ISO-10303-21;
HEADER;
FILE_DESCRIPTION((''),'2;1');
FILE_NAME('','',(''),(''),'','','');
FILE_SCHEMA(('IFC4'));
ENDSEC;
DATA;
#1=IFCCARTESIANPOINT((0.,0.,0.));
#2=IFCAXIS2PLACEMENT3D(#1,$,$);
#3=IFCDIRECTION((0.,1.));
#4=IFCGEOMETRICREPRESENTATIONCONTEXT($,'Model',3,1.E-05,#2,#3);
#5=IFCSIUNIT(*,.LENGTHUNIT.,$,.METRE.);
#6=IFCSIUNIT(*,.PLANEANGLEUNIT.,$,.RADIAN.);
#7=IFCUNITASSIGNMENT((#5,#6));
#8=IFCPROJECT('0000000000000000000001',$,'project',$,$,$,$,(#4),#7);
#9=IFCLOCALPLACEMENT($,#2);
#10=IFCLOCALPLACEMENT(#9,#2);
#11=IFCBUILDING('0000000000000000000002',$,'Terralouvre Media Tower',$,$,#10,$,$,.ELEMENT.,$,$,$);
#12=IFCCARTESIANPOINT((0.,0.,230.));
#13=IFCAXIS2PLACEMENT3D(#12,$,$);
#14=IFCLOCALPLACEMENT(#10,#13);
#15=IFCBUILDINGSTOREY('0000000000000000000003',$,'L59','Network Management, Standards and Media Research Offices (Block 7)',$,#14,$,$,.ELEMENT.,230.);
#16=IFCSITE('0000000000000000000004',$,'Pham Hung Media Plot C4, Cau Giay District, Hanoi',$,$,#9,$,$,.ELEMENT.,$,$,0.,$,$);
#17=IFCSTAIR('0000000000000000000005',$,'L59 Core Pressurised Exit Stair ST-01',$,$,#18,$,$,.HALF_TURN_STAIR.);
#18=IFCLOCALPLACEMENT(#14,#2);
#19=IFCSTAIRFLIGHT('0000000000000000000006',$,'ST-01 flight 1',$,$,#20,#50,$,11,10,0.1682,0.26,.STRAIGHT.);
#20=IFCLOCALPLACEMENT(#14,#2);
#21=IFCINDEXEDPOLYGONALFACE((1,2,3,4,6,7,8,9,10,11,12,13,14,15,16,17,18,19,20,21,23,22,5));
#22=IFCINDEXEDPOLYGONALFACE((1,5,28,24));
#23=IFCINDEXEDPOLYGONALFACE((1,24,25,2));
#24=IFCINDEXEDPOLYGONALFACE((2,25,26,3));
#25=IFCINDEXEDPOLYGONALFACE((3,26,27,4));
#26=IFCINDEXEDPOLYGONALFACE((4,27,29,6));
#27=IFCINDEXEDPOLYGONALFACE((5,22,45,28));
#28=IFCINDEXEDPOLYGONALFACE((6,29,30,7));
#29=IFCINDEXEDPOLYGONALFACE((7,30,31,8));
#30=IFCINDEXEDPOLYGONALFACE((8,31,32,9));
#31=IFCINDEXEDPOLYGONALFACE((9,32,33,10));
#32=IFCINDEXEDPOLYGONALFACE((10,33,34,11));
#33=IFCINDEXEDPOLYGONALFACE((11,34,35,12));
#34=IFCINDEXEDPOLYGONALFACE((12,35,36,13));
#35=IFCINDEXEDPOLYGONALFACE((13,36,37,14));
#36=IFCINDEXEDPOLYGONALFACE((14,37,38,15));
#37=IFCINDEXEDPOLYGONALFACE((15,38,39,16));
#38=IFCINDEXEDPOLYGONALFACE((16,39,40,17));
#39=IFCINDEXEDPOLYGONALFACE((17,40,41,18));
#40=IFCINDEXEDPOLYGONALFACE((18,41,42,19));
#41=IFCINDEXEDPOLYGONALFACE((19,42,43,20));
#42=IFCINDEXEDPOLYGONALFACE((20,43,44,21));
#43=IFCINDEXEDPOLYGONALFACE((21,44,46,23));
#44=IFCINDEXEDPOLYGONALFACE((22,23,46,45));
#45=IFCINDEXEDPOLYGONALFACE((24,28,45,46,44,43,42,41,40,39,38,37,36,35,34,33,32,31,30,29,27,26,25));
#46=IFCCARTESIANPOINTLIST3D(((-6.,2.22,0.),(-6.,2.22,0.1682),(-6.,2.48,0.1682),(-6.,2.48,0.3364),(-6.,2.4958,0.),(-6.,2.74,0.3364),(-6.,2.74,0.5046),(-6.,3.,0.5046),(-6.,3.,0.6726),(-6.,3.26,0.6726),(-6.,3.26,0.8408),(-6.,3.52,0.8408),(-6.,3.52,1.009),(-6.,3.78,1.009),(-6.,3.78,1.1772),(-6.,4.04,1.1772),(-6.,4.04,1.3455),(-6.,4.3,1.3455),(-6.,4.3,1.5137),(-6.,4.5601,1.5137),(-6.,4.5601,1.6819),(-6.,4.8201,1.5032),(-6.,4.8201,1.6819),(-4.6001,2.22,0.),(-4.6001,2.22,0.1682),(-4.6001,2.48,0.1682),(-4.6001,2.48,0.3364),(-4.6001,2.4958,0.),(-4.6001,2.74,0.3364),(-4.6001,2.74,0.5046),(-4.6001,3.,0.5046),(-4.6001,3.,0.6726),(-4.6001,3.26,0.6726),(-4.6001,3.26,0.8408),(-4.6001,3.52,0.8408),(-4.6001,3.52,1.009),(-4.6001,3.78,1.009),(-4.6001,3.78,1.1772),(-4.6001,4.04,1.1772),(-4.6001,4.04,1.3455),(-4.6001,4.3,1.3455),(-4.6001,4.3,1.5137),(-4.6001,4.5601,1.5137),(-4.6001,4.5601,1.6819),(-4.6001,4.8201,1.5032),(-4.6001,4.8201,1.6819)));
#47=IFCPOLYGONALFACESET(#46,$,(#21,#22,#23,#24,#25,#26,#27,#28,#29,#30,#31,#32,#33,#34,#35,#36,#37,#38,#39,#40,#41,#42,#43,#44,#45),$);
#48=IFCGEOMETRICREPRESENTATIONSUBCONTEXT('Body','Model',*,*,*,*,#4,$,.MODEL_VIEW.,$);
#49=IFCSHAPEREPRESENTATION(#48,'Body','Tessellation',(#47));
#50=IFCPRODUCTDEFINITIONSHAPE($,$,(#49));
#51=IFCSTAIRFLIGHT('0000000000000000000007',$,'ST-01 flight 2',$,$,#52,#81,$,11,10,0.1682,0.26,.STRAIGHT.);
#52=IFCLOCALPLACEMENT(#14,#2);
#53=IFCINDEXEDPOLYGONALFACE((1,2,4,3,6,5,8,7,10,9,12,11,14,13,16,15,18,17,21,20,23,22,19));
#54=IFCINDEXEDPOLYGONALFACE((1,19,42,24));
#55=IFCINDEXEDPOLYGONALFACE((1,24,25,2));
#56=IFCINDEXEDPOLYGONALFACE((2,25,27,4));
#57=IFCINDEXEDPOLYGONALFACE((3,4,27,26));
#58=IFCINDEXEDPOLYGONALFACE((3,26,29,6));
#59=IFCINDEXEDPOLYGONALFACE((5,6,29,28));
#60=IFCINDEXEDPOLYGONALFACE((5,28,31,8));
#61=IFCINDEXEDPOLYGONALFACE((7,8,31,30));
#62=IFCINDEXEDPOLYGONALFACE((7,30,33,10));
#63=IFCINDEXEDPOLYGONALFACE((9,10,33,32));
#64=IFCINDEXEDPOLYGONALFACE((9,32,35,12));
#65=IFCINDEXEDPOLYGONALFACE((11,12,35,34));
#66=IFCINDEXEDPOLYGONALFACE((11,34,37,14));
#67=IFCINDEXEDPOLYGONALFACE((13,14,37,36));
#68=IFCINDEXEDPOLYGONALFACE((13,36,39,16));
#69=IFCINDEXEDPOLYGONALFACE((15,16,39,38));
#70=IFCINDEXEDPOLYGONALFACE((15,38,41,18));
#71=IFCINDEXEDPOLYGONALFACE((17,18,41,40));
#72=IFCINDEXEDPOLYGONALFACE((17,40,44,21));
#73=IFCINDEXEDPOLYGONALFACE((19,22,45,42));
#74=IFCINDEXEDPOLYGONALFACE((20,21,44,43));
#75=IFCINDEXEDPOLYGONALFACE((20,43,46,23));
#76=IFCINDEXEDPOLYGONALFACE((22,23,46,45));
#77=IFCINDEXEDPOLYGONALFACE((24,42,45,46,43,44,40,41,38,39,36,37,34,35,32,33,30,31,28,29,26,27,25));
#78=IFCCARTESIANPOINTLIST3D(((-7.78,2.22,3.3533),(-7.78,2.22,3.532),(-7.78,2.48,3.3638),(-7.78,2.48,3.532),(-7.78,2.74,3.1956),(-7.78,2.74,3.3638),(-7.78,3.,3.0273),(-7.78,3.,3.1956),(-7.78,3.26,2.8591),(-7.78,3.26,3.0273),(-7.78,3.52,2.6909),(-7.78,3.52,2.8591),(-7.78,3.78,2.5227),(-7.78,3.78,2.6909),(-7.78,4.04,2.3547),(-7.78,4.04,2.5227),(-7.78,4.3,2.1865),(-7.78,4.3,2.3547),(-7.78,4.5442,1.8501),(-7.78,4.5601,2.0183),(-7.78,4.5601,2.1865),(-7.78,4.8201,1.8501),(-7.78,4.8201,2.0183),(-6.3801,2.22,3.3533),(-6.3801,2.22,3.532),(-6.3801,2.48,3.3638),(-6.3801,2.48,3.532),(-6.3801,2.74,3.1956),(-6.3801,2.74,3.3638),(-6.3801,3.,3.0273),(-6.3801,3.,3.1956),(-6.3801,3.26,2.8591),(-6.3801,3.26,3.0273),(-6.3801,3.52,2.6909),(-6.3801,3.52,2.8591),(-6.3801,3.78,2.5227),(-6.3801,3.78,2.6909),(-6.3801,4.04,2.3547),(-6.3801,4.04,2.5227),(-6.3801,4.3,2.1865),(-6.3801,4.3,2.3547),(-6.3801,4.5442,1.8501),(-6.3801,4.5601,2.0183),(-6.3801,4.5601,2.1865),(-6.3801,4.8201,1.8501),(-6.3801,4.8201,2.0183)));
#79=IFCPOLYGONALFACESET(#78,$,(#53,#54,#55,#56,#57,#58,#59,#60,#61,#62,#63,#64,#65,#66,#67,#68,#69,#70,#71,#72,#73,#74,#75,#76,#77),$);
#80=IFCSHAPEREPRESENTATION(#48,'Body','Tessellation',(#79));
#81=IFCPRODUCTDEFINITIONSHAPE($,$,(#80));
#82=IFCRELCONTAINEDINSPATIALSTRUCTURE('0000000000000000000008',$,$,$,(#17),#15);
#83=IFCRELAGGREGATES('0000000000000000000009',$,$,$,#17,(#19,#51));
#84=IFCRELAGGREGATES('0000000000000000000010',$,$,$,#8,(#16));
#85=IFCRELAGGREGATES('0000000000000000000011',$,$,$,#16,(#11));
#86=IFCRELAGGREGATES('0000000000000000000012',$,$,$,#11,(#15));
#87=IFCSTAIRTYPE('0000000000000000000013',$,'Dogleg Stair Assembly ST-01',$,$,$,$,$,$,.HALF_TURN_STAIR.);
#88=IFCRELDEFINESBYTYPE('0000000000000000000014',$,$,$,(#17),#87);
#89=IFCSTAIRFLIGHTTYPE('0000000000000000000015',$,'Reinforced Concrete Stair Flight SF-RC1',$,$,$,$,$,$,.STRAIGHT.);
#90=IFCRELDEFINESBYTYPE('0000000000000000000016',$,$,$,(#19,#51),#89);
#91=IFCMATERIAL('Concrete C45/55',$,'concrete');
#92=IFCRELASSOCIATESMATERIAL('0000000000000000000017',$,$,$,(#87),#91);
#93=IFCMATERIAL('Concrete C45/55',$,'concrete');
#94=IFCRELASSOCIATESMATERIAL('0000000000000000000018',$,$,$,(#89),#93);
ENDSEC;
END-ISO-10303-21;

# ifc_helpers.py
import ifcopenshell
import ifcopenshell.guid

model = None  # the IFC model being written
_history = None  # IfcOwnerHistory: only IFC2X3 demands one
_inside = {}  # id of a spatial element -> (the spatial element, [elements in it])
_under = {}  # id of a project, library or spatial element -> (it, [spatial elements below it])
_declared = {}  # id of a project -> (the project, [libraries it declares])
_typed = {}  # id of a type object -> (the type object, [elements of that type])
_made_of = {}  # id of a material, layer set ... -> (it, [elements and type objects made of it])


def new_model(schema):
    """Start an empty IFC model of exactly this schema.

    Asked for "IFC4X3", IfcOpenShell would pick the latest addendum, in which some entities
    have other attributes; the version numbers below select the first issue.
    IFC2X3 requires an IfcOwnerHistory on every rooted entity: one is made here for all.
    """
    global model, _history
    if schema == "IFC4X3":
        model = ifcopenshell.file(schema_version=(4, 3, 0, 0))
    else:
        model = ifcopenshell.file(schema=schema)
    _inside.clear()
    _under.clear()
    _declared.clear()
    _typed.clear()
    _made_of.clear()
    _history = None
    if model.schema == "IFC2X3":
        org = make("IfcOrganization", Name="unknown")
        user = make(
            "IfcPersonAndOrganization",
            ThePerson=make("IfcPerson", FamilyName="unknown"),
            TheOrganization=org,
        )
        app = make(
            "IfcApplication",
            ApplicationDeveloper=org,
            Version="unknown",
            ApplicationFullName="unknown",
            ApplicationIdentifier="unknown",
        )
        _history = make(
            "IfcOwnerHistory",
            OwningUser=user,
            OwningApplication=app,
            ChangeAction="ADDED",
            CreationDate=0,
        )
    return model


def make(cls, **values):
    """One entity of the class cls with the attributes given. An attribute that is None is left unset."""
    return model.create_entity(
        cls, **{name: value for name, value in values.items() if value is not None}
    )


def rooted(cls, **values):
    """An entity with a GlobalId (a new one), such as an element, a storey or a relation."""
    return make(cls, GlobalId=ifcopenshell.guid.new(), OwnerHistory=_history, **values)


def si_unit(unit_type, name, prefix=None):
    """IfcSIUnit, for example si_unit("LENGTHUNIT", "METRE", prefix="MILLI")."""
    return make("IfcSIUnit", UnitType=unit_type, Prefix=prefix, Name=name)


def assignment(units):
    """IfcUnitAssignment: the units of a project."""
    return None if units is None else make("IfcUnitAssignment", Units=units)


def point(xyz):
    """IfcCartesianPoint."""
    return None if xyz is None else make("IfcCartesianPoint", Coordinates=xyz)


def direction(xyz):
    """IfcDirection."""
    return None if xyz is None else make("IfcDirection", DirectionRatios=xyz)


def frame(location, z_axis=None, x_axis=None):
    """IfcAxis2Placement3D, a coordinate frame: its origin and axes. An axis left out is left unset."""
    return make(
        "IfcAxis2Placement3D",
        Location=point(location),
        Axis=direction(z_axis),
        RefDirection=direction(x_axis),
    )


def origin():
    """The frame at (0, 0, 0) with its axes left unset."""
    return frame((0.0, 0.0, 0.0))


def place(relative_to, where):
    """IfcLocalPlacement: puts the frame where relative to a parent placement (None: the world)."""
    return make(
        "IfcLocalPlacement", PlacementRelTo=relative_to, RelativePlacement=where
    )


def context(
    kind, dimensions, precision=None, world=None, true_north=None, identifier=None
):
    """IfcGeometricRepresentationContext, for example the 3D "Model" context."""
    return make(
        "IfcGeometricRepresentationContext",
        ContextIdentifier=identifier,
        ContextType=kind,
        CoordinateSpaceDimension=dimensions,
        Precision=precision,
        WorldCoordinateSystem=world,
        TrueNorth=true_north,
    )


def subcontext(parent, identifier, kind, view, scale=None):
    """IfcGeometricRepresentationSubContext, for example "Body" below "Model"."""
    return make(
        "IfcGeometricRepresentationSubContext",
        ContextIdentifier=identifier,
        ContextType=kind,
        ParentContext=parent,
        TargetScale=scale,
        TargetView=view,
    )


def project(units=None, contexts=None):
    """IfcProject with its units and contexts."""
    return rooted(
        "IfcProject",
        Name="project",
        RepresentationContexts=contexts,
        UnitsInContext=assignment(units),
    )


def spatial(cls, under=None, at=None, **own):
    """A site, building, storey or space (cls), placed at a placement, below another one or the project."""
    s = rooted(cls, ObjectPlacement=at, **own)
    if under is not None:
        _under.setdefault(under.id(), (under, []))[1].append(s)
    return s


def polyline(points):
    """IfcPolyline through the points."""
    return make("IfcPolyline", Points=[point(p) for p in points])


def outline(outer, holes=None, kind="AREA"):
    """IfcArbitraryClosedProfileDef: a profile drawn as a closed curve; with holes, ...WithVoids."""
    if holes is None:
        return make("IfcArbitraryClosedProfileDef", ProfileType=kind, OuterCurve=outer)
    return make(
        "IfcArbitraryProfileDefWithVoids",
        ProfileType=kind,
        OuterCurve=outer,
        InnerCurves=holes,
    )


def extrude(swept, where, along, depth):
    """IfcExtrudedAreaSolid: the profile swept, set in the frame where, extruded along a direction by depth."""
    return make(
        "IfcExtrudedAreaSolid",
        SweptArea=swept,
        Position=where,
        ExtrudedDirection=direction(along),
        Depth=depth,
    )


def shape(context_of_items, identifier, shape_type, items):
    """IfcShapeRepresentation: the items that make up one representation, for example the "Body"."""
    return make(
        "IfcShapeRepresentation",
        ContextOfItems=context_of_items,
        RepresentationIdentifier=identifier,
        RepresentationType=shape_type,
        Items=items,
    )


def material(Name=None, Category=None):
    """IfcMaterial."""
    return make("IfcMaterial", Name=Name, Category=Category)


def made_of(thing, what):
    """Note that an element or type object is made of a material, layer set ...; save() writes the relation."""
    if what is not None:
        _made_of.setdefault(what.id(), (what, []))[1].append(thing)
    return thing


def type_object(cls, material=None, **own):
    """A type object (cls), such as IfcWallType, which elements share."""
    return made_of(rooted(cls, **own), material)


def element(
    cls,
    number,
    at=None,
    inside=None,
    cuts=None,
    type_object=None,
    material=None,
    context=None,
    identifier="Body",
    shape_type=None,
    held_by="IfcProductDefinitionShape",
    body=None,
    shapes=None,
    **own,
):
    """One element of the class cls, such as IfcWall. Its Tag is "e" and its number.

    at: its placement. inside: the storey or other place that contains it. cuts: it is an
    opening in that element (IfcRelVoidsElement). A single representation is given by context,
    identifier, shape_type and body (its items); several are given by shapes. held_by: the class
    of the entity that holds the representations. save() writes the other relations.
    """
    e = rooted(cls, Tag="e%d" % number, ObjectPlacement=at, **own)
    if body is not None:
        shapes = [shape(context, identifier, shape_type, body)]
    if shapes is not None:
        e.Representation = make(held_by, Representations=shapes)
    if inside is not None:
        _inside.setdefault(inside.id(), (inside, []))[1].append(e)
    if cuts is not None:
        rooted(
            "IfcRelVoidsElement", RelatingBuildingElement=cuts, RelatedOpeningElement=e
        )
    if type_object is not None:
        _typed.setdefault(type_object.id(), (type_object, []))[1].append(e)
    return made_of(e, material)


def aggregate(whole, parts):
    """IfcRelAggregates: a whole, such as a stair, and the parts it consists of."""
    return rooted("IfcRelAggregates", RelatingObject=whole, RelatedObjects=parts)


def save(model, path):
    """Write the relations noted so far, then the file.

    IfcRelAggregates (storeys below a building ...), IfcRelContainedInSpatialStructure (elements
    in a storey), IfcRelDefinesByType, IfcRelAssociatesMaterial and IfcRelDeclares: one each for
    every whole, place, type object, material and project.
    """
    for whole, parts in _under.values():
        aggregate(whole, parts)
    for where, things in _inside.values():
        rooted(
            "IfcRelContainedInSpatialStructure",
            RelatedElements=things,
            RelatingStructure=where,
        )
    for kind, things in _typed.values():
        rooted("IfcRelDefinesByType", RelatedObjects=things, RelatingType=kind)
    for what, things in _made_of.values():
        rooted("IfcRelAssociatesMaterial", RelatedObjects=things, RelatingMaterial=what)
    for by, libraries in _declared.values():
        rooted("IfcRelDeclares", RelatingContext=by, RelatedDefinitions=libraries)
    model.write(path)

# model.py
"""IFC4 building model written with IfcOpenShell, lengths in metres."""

from ifc_helpers import new_model, si_unit, direction, frame, origin, place, context, subcontext, project, spatial, polyline, outline, extrude, material, type_object, element, aggregate, save


model = new_model("IFC4")

# Units and contexts
model_context = context("Model", 3, precision=1e-05, world=origin(), true_north=direction((0.0, 1.0)))
body_context = subcontext(model_context, "Body", "Model", "MODEL_VIEW")
ifc_project = project(units=[si_unit("LENGTHUNIT", "METRE"), si_unit("PLANEANGLEUNIT", "RADIAN")], contexts=[model_context])

# Site, building, storey
site_placement = place(None, origin())
site = spatial("IfcSite", under=ifc_project, at=site_placement, Name="Pham Hung Media Plot C4, Cau Giay District, Hanoi", CompositionType="ELEMENT", RefElevation=0.0)
building_placement = place(site_placement, origin())
building = spatial("IfcBuilding", under=site, at=building_placement, Name="Terralouvre Media Tower", CompositionType="ELEMENT")
storey_placement = place(building_placement, frame((0.0, 0.0, 230.0)))
storey = spatial("IfcBuildingStorey", under=building, at=storey_placement, Name="L59", Description="Network Management, Standards and Media Research Offices (Block 7)", CompositionType="ELEMENT", Elevation=230.0)

# Stair, stair flights
ifc_material_1 = material(Name="Concrete C45/55", Category="concrete")
stair_type = type_object("IfcStairType", Name="Dogleg Stair Assembly ST-01", PredefinedType="HALF_TURN_STAIR", material=ifc_material_1)
stair_placement = place(storey_placement, origin())
stair = element("IfcStair", 1, at=stair_placement, inside=storey, type_object=stair_type, Name="L59 Core Pressurised Exit Stair ST-01", PredefinedType="HALF_TURN_STAIR")
ifc_material_2 = material(Name="Concrete C45/55", Category="concrete")
stair_flight_type = type_object("IfcStairFlightType", Name="Reinforced Concrete Stair Flight SF-RC1", PredefinedType="STRAIGHT", material=ifc_material_2)
stair_flight_1_placement = place(storey_placement, frame((-5.3, 2.22, 0.0), z_axis=(0.0, 0.0, 1.0), x_axis=(0.0, 1.0, 0.0)))
stair_flight_1 = element("IfcStairFlight", 2, at=stair_flight_1_placement, type_object=stair_flight_type, Name="ST-01 flight 1", NumberOfRisers=11, NumberOfTreads=10, PredefinedType="STRAIGHT", RiserHeight=0.1682, TreadLength=0.26, context=body_context, shape_type="SweptSolid", body=[
    extrude(outline(polyline([(0.0, 0.0), (0.0, 0.1682), (0.26, 0.1682), (0.26, 0.3364), (0.52, 0.3364), (0.52, 0.5046), (0.78, 0.5046), (0.78, 0.6726), (1.04, 0.6726), (1.04, 0.8408), (1.3, 0.8408), (1.3, 1.009), (1.5601, 1.009), (1.5601, 1.1772), (1.8201, 1.1772), (1.8201, 1.3455), (2.0801, 1.3455), (2.0801, 1.5137), (2.3401, 1.5137), (2.3401, 1.6819), (2.6001, 1.6819), (2.6001, 1.8501), (2.6001, 1.5032), (0.2759, 0.0), (0.0, 0.0)])), frame((0.0, 0.7, 0.0), z_axis=(0.0, -1.0, 0.0), x_axis=(1.0, 0.0, 0.0)), (0.0, 0.0, 1.0), 1.3999),
])
stair_flight_2_placement = place(storey_placement, frame((-7.0801, 4.8201, 1.8501), z_axis=(0.0, 0.0, 1.0), x_axis=(0.0, -1.0, 0.0)))
stair_flight_2 = element("IfcStairFlight", 3, at=stair_flight_2_placement, type_object=stair_flight_type, Name="ST-01 flight 2", NumberOfRisers=11, NumberOfTreads=10, PredefinedType="STRAIGHT", RiserHeight=0.1682, TreadLength=0.26, context=body_context, shape_type="SweptSolid", body=[
    extrude(outline(polyline([(0.0, 0.0), (0.0, 0.1682), (0.26, 0.1682), (0.26, 0.3364), (0.52, 0.3364), (0.52, 0.5046), (0.78, 0.5046), (0.78, 0.6726), (1.04, 0.6726), (1.04, 0.8408), (1.3, 0.8408), (1.3, 1.009), (1.5601, 1.009), (1.5601, 1.1772), (1.8201, 1.1772), (1.8201, 1.3455), (2.0801, 1.3455), (2.0801, 1.5137), (2.3401, 1.5137), (2.3401, 1.6819), (2.6001, 1.6819), (2.6001, 1.8501), (2.6001, 1.5032), (0.2759, 0.0), (0.0, 0.0)])), frame((0.0, 0.7, 0.0), z_axis=(0.0, -1.0, 0.0), x_axis=(1.0, 0.0, 0.0)), (0.0, 0.0, 1.0), 1.3999),
])
aggregate(stair, [stair_flight_1, stair_flight_2])

save(model, "model.ifc")
